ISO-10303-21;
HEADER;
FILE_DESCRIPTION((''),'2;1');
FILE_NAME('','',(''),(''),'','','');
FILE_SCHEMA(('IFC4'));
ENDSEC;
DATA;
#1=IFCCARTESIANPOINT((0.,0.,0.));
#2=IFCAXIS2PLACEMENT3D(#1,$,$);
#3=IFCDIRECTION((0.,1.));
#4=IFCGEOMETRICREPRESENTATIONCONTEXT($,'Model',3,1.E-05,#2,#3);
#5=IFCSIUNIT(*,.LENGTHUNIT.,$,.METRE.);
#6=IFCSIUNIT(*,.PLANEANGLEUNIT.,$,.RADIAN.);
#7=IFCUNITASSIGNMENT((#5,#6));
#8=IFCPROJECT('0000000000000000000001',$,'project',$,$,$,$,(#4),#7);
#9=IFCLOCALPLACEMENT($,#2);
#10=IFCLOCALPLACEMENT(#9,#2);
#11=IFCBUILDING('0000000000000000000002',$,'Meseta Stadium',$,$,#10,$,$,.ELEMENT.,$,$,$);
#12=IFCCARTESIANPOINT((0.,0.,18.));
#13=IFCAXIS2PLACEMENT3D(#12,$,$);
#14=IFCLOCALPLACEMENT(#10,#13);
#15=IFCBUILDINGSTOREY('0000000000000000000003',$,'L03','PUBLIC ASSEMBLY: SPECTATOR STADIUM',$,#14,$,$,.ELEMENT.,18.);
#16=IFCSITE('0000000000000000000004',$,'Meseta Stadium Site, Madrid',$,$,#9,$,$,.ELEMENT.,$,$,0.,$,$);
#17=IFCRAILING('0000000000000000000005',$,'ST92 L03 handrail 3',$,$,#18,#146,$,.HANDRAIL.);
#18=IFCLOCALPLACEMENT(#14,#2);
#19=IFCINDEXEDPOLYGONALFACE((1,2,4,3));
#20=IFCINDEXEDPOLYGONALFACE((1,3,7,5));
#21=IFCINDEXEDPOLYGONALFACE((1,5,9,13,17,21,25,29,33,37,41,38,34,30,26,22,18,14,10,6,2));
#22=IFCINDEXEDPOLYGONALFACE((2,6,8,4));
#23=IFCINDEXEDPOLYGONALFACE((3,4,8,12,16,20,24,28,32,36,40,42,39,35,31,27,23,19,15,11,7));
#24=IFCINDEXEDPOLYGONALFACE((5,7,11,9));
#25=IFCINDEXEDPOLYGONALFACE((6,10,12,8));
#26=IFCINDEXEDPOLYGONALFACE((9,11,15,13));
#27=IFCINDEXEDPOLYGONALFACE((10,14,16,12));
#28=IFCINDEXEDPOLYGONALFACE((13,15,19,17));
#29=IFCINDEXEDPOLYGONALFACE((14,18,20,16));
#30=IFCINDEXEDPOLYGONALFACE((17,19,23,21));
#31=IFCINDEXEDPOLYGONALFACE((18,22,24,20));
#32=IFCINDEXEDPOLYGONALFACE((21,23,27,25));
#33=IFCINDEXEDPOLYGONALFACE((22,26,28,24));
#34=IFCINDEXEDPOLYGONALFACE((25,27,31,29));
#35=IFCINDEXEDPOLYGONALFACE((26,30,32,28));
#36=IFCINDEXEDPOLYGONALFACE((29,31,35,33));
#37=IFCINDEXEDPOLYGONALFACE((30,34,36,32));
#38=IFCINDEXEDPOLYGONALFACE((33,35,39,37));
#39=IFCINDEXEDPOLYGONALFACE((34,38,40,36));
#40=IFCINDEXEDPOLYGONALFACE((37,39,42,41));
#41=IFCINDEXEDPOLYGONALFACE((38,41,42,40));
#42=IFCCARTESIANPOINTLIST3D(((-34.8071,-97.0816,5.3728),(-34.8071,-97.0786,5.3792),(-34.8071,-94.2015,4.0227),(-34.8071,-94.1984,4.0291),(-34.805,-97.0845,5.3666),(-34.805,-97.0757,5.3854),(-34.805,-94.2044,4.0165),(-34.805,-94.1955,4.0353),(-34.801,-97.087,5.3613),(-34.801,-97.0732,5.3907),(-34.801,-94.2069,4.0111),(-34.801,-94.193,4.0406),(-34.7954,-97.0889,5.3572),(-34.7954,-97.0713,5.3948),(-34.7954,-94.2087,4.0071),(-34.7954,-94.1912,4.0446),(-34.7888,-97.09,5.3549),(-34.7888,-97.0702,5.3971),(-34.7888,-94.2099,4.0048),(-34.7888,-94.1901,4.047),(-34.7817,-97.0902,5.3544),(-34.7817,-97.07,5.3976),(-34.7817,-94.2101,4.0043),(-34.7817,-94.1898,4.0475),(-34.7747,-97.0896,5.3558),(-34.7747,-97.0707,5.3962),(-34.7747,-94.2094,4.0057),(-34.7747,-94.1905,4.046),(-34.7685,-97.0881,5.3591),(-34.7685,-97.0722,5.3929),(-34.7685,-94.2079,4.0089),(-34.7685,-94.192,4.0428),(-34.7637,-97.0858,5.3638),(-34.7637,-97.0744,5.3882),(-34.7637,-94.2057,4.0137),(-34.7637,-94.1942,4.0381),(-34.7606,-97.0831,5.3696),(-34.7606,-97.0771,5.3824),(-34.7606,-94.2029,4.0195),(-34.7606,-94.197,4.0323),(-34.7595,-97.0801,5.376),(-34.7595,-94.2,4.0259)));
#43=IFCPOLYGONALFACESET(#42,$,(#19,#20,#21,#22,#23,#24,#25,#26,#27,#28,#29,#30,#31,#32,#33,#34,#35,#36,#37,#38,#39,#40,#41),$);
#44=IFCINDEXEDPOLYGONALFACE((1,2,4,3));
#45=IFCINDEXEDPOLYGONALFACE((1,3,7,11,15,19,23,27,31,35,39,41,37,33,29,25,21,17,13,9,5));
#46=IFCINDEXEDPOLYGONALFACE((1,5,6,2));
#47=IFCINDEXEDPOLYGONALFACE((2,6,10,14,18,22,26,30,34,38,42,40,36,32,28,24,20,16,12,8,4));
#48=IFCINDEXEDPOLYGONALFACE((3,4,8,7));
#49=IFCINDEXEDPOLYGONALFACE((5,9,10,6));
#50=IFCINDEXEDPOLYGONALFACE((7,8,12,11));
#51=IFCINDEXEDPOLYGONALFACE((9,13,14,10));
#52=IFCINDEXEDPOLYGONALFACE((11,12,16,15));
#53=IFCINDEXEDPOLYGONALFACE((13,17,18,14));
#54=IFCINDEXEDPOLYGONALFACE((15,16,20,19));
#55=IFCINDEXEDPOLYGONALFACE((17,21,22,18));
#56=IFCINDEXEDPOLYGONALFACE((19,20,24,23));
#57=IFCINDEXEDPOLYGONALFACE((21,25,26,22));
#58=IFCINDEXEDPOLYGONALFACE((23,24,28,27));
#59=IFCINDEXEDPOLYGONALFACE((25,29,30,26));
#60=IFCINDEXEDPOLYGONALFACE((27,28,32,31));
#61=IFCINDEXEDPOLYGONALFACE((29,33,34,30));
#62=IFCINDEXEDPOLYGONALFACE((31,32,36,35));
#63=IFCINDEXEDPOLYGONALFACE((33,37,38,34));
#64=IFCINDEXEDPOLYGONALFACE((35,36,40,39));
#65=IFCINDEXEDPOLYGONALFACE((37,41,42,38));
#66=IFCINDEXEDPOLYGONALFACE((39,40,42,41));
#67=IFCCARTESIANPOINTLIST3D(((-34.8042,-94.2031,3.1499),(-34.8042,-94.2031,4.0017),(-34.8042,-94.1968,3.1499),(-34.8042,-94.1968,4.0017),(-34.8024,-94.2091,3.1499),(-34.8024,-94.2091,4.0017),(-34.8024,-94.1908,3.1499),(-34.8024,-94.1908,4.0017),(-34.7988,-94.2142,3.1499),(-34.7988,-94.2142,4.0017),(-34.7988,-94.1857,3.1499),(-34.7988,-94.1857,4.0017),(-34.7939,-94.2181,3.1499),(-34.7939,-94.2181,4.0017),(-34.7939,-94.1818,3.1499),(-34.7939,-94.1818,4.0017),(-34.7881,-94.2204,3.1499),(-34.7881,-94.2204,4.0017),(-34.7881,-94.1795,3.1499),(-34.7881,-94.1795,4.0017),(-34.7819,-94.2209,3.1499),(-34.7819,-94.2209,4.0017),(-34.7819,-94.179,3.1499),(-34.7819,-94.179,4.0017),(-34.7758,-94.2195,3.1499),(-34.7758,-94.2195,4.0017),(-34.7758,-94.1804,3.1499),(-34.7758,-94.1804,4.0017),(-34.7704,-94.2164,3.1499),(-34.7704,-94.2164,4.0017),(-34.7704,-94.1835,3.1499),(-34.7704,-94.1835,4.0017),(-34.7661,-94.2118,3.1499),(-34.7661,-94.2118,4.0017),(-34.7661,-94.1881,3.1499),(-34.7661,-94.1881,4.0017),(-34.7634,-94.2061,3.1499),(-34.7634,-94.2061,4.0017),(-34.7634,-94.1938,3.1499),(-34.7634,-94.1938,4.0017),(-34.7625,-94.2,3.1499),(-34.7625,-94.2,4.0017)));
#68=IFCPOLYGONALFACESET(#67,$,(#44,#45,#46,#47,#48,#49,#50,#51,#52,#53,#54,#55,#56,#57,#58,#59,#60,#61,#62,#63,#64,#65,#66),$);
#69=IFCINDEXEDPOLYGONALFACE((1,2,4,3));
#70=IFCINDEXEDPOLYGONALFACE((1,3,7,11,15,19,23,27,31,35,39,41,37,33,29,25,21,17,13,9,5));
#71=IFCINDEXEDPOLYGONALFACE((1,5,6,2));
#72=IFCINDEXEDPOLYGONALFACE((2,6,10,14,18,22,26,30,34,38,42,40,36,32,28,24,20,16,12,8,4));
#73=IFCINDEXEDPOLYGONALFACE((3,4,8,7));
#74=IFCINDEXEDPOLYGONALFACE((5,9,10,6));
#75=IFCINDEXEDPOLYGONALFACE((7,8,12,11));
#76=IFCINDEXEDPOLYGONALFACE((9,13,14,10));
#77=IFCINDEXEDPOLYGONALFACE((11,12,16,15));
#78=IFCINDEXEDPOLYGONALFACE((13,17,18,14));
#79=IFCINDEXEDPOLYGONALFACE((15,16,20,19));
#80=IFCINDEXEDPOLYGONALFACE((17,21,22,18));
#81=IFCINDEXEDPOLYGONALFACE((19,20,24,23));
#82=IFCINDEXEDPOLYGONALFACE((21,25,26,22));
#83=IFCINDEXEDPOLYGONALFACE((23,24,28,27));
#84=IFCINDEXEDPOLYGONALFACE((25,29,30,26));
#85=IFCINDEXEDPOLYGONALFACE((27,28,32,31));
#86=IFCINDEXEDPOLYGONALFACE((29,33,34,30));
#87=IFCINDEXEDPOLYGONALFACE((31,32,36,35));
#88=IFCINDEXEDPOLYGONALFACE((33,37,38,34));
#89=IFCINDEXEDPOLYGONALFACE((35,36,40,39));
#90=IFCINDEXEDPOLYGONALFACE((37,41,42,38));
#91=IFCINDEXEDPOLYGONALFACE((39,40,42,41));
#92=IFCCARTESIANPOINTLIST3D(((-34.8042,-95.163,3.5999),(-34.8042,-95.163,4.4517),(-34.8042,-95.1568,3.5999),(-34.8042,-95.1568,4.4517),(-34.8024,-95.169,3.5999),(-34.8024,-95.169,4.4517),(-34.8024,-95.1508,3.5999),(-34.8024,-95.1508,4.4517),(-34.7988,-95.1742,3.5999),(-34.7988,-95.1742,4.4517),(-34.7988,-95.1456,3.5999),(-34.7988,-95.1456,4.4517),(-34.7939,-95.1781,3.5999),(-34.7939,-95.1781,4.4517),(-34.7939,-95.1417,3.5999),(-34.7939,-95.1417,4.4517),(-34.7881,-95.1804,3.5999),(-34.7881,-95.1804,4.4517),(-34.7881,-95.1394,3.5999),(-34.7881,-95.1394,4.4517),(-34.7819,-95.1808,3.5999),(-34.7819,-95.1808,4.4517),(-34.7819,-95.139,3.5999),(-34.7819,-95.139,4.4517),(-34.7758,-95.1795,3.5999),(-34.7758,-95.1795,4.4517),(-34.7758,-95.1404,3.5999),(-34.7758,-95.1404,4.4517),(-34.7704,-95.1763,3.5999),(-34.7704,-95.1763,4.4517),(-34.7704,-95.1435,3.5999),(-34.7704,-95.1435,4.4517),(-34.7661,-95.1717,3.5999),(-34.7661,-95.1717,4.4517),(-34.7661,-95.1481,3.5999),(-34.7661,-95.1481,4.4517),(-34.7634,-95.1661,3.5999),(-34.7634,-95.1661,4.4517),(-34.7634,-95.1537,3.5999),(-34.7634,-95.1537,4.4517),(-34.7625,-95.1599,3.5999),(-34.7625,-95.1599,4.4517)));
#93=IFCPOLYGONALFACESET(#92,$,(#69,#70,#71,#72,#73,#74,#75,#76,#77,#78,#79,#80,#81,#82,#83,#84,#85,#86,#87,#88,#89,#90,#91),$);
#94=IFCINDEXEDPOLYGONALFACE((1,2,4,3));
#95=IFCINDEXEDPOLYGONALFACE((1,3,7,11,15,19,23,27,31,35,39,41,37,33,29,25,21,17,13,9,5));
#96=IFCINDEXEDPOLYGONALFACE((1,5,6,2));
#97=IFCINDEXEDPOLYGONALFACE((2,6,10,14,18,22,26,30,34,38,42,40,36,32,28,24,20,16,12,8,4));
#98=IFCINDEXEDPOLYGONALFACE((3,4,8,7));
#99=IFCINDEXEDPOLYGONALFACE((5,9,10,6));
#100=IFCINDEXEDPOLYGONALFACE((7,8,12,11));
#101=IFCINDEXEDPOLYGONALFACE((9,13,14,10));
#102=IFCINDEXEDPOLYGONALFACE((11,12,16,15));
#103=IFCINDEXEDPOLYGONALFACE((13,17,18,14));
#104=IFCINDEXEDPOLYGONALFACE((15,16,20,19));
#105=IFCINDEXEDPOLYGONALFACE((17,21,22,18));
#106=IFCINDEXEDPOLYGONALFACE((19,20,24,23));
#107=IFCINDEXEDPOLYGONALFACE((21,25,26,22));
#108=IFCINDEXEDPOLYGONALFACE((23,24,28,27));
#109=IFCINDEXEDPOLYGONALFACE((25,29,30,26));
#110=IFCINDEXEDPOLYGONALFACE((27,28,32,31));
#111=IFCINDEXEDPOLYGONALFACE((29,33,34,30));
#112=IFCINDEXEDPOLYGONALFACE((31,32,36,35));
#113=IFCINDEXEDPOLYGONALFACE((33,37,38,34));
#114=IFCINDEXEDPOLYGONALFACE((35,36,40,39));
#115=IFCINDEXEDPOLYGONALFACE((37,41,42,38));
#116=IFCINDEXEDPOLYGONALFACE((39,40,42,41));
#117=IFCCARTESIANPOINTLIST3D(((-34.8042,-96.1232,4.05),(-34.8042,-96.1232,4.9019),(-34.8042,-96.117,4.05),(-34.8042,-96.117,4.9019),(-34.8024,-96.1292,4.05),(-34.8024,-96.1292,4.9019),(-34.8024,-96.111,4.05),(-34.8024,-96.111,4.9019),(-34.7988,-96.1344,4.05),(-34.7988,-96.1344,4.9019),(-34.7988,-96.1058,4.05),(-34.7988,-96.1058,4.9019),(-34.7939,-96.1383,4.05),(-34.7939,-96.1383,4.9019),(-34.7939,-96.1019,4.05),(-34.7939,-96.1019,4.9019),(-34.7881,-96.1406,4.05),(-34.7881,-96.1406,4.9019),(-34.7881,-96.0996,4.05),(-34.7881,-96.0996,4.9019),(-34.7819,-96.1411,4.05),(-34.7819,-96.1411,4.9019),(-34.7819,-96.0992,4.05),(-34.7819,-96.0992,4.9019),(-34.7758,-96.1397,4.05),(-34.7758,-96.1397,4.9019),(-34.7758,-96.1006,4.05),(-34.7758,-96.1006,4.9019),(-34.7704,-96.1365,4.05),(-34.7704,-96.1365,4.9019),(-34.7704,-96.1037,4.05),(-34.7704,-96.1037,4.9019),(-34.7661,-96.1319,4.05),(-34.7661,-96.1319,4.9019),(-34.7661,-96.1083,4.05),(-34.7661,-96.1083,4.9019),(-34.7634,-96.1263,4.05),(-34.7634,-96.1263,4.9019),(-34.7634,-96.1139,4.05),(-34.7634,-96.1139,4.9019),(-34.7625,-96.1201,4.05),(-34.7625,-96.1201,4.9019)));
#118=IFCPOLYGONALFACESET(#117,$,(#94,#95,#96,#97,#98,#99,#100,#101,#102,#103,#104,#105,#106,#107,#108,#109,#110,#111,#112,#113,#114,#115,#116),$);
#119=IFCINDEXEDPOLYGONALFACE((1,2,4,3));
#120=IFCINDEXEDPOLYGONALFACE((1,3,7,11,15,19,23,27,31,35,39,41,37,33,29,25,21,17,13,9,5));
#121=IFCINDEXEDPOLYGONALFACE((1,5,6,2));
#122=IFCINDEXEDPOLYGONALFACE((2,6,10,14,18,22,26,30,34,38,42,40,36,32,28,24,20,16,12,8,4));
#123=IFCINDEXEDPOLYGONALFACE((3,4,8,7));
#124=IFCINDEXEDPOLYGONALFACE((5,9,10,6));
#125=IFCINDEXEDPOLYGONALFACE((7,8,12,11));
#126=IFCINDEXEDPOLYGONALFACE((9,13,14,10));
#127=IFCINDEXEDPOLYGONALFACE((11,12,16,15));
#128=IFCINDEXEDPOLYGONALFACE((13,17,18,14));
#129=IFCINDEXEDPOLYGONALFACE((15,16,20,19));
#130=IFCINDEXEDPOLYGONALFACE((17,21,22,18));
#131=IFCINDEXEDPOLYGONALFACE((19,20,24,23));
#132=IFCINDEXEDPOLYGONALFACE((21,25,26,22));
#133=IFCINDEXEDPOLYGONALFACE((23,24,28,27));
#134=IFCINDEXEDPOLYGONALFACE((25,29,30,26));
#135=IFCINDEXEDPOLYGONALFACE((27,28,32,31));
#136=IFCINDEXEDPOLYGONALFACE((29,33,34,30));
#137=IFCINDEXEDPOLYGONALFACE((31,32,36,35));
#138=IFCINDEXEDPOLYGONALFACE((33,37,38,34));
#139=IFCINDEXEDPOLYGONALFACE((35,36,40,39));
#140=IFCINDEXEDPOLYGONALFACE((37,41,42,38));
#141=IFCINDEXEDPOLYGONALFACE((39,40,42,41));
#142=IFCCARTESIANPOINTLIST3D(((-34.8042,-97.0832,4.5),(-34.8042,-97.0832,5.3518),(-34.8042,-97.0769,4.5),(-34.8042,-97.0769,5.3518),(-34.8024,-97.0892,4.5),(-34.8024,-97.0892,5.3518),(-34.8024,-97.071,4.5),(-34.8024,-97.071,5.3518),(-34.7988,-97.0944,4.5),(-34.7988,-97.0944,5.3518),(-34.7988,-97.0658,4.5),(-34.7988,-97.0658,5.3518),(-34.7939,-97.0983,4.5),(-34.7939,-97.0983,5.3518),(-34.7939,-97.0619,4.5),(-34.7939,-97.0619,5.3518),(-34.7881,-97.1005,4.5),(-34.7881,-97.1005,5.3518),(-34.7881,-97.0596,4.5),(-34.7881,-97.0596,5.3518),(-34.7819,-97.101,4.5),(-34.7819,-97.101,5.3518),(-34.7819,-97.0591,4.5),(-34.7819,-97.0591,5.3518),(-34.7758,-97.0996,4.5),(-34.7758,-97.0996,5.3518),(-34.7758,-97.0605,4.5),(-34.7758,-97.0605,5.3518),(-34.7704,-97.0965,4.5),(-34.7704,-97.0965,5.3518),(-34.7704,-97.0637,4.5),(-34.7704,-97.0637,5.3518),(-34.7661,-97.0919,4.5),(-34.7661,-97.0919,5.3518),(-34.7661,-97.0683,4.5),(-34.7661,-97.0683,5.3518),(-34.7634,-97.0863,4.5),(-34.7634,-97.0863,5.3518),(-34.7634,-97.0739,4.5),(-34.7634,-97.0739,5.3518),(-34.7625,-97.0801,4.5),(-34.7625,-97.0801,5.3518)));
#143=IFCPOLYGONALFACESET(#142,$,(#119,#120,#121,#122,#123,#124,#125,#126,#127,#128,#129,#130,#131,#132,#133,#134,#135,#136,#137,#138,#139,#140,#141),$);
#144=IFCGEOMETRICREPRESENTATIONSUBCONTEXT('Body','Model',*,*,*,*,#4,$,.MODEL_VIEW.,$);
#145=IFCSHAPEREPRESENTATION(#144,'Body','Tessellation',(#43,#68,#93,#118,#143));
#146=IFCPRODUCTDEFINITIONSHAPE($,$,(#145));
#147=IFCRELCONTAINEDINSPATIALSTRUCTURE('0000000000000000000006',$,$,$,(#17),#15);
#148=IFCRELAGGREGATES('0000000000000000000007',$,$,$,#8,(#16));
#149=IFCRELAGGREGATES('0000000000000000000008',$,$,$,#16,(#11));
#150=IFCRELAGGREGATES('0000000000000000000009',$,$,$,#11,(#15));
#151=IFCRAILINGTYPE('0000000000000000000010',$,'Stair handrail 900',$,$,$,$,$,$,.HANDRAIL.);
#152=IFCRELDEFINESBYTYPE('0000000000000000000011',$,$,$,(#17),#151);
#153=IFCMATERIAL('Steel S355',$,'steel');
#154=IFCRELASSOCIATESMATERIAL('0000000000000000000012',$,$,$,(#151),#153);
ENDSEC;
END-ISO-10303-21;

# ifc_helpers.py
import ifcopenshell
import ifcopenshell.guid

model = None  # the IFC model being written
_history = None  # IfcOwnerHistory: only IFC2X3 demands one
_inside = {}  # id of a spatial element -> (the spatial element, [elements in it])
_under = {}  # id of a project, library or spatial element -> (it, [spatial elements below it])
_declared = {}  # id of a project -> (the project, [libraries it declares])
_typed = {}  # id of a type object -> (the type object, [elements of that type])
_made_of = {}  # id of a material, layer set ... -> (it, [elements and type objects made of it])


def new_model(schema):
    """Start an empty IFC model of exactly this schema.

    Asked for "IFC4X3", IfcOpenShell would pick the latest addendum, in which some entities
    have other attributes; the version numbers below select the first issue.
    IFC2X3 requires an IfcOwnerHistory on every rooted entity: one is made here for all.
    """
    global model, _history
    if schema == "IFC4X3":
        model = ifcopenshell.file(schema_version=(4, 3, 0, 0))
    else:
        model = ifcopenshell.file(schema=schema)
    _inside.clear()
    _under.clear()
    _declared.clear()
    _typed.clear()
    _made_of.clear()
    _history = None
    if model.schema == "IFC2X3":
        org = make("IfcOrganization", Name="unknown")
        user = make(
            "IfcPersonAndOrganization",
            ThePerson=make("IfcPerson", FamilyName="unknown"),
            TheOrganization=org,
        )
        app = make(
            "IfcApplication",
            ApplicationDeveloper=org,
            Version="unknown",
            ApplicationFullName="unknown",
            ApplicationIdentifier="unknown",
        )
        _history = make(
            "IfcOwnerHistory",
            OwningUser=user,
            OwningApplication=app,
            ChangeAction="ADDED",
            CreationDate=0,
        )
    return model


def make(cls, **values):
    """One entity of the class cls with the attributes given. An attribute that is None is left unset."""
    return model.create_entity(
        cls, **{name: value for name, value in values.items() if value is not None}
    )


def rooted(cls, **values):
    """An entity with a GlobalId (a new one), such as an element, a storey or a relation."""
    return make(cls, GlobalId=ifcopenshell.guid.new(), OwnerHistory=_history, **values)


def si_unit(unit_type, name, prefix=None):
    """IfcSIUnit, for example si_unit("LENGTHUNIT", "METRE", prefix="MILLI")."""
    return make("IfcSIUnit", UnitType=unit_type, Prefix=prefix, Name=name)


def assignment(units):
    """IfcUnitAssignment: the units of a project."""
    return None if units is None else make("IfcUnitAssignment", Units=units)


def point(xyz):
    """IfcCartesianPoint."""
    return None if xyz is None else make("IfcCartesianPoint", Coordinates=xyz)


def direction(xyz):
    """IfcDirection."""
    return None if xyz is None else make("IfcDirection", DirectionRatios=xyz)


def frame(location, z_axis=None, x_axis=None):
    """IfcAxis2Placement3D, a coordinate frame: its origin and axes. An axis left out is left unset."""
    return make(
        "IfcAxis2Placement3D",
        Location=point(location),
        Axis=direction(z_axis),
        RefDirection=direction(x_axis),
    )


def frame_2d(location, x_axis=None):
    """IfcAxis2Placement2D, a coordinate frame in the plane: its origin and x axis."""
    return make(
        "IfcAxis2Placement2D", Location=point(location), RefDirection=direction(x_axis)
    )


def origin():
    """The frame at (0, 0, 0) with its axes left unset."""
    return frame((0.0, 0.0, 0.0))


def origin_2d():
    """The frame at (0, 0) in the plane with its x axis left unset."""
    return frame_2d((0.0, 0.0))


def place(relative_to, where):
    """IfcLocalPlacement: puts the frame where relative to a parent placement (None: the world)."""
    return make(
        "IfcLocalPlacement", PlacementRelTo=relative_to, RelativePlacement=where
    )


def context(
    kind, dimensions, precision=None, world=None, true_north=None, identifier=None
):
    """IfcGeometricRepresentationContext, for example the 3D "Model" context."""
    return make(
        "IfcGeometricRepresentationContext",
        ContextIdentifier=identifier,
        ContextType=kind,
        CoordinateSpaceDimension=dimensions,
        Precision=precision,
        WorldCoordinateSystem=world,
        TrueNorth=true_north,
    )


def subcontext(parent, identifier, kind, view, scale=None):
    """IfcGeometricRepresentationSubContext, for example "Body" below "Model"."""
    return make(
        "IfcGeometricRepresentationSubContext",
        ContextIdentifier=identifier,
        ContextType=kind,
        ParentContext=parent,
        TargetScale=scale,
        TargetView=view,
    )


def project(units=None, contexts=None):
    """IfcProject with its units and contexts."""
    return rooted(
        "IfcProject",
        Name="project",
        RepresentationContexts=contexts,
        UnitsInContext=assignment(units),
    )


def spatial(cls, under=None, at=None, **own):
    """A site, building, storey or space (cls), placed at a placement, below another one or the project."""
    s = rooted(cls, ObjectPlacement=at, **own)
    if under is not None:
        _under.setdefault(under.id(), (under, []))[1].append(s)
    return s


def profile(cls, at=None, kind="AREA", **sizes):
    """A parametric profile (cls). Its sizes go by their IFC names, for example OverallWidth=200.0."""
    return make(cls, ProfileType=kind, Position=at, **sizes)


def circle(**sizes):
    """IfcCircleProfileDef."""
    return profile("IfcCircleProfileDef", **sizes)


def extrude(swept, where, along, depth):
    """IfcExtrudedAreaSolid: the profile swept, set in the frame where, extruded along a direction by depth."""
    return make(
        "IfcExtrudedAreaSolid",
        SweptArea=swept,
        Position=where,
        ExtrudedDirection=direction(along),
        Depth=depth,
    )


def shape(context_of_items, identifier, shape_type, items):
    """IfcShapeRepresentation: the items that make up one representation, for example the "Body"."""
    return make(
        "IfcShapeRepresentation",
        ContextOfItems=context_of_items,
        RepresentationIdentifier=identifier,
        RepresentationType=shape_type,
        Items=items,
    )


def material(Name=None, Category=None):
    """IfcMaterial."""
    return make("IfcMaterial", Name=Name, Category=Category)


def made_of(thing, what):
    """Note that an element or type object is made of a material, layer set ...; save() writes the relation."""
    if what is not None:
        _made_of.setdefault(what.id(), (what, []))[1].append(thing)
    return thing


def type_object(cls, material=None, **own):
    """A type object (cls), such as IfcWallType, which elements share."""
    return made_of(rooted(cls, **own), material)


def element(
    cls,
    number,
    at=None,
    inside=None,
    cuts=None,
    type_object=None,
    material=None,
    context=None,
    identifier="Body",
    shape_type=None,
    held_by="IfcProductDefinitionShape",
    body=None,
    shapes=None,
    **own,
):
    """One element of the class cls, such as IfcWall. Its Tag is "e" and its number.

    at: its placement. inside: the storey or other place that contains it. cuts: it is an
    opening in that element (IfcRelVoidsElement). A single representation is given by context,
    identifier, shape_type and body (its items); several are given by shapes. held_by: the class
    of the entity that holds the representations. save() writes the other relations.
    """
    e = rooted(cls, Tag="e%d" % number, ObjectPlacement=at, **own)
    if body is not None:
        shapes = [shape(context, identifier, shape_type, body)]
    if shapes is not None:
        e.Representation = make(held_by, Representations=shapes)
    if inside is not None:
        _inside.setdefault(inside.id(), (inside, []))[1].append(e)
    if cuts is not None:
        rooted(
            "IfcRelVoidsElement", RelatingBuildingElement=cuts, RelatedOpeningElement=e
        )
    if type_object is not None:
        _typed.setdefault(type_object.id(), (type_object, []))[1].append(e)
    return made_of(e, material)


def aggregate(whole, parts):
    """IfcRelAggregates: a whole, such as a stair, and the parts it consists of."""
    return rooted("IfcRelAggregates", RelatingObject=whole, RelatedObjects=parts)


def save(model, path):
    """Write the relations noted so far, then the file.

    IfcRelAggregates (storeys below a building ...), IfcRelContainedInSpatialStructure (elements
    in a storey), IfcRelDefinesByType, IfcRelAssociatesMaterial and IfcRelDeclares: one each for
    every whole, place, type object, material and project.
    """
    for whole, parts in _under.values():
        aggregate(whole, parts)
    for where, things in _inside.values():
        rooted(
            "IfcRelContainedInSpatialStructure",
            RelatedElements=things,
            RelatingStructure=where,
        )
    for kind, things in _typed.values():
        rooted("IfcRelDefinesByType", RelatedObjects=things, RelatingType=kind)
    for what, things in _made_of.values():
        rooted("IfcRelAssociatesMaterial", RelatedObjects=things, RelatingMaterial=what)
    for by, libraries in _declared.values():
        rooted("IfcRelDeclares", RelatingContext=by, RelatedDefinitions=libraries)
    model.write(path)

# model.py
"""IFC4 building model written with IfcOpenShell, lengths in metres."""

from ifc_helpers import new_model, si_unit, direction, frame, origin, origin_2d, place, context, subcontext, project, spatial, circle, extrude, material, type_object, element, save


model = new_model("IFC4")

# Units and contexts
model_context = context("Model", 3, precision=1e-05, world=origin(), true_north=direction((0.0, 1.0)))
body_context = subcontext(model_context, "Body", "Model", "MODEL_VIEW")
ifc_project = project(units=[si_unit("LENGTHUNIT", "METRE"), si_unit("PLANEANGLEUNIT", "RADIAN")], contexts=[model_context])

# Site, building, storey
site_placement = place(None, origin())
site = spatial("IfcSite", under=ifc_project, at=site_placement, Name="Meseta Stadium Site, Madrid", CompositionType="ELEMENT", RefElevation=0.0)
building_placement = place(site_placement, origin())
building = spatial("IfcBuilding", under=site, at=building_placement, Name="Meseta Stadium", CompositionType="ELEMENT")
storey_placement = place(building_placement, frame((0.0, 0.0, 18.0)))
storey = spatial("IfcBuildingStorey", under=building, at=storey_placement, Name="L03", Description="PUBLIC ASSEMBLY: SPECTATOR STADIUM", CompositionType="ELEMENT", Elevation=18.0)

# Railing
ifc_material_1 = material(Name="Steel S355", Category="steel")
railing_type_1 = type_object("IfcRailingType", Name="Stair handrail 900", PredefinedType="HANDRAIL", material=ifc_material_1)
for number, where, name in (
    (1, (-34.7834, -94.2, 3.1499), "ST92 L03 handrail 3"),
):
    element("IfcRailing", number, at=place(storey_placement, frame(where)), inside=storey, type_object=railing_type_1, Name=name, PredefinedType="HANDRAIL", context=body_context, shape_type="SweptSolid", body=[
        extrude(circle(Radius=0.0239, at=origin_2d()), frame((0.0, 0.0, 0.876), z_axis=(0.0, -0.905454, 0.424444), x_axis=(1.0, 0.0, 0.0)), (0.0, 0.0, 1.0), 3.1809),
        extrude(circle(Radius=0.021, at=origin_2d()), origin(), (0.0, 0.0, 1.0), 0.8518),
        extrude(circle(Radius=0.021, at=origin_2d()), frame((0.0, -0.96, 0.45)), (0.0, 0.0, 1.0), 0.8518),
        extrude(circle(Radius=0.021, at=origin_2d()), frame((0.0, -1.9202, 0.9001)), (0.0, 0.0, 1.0), 0.8518),
        extrude(circle(Radius=0.021, at=origin_2d()), frame((0.0, -2.8801, 1.3501)), (0.0, 0.0, 1.0), 0.8518),
    ])

save(model, "model.ifc")
